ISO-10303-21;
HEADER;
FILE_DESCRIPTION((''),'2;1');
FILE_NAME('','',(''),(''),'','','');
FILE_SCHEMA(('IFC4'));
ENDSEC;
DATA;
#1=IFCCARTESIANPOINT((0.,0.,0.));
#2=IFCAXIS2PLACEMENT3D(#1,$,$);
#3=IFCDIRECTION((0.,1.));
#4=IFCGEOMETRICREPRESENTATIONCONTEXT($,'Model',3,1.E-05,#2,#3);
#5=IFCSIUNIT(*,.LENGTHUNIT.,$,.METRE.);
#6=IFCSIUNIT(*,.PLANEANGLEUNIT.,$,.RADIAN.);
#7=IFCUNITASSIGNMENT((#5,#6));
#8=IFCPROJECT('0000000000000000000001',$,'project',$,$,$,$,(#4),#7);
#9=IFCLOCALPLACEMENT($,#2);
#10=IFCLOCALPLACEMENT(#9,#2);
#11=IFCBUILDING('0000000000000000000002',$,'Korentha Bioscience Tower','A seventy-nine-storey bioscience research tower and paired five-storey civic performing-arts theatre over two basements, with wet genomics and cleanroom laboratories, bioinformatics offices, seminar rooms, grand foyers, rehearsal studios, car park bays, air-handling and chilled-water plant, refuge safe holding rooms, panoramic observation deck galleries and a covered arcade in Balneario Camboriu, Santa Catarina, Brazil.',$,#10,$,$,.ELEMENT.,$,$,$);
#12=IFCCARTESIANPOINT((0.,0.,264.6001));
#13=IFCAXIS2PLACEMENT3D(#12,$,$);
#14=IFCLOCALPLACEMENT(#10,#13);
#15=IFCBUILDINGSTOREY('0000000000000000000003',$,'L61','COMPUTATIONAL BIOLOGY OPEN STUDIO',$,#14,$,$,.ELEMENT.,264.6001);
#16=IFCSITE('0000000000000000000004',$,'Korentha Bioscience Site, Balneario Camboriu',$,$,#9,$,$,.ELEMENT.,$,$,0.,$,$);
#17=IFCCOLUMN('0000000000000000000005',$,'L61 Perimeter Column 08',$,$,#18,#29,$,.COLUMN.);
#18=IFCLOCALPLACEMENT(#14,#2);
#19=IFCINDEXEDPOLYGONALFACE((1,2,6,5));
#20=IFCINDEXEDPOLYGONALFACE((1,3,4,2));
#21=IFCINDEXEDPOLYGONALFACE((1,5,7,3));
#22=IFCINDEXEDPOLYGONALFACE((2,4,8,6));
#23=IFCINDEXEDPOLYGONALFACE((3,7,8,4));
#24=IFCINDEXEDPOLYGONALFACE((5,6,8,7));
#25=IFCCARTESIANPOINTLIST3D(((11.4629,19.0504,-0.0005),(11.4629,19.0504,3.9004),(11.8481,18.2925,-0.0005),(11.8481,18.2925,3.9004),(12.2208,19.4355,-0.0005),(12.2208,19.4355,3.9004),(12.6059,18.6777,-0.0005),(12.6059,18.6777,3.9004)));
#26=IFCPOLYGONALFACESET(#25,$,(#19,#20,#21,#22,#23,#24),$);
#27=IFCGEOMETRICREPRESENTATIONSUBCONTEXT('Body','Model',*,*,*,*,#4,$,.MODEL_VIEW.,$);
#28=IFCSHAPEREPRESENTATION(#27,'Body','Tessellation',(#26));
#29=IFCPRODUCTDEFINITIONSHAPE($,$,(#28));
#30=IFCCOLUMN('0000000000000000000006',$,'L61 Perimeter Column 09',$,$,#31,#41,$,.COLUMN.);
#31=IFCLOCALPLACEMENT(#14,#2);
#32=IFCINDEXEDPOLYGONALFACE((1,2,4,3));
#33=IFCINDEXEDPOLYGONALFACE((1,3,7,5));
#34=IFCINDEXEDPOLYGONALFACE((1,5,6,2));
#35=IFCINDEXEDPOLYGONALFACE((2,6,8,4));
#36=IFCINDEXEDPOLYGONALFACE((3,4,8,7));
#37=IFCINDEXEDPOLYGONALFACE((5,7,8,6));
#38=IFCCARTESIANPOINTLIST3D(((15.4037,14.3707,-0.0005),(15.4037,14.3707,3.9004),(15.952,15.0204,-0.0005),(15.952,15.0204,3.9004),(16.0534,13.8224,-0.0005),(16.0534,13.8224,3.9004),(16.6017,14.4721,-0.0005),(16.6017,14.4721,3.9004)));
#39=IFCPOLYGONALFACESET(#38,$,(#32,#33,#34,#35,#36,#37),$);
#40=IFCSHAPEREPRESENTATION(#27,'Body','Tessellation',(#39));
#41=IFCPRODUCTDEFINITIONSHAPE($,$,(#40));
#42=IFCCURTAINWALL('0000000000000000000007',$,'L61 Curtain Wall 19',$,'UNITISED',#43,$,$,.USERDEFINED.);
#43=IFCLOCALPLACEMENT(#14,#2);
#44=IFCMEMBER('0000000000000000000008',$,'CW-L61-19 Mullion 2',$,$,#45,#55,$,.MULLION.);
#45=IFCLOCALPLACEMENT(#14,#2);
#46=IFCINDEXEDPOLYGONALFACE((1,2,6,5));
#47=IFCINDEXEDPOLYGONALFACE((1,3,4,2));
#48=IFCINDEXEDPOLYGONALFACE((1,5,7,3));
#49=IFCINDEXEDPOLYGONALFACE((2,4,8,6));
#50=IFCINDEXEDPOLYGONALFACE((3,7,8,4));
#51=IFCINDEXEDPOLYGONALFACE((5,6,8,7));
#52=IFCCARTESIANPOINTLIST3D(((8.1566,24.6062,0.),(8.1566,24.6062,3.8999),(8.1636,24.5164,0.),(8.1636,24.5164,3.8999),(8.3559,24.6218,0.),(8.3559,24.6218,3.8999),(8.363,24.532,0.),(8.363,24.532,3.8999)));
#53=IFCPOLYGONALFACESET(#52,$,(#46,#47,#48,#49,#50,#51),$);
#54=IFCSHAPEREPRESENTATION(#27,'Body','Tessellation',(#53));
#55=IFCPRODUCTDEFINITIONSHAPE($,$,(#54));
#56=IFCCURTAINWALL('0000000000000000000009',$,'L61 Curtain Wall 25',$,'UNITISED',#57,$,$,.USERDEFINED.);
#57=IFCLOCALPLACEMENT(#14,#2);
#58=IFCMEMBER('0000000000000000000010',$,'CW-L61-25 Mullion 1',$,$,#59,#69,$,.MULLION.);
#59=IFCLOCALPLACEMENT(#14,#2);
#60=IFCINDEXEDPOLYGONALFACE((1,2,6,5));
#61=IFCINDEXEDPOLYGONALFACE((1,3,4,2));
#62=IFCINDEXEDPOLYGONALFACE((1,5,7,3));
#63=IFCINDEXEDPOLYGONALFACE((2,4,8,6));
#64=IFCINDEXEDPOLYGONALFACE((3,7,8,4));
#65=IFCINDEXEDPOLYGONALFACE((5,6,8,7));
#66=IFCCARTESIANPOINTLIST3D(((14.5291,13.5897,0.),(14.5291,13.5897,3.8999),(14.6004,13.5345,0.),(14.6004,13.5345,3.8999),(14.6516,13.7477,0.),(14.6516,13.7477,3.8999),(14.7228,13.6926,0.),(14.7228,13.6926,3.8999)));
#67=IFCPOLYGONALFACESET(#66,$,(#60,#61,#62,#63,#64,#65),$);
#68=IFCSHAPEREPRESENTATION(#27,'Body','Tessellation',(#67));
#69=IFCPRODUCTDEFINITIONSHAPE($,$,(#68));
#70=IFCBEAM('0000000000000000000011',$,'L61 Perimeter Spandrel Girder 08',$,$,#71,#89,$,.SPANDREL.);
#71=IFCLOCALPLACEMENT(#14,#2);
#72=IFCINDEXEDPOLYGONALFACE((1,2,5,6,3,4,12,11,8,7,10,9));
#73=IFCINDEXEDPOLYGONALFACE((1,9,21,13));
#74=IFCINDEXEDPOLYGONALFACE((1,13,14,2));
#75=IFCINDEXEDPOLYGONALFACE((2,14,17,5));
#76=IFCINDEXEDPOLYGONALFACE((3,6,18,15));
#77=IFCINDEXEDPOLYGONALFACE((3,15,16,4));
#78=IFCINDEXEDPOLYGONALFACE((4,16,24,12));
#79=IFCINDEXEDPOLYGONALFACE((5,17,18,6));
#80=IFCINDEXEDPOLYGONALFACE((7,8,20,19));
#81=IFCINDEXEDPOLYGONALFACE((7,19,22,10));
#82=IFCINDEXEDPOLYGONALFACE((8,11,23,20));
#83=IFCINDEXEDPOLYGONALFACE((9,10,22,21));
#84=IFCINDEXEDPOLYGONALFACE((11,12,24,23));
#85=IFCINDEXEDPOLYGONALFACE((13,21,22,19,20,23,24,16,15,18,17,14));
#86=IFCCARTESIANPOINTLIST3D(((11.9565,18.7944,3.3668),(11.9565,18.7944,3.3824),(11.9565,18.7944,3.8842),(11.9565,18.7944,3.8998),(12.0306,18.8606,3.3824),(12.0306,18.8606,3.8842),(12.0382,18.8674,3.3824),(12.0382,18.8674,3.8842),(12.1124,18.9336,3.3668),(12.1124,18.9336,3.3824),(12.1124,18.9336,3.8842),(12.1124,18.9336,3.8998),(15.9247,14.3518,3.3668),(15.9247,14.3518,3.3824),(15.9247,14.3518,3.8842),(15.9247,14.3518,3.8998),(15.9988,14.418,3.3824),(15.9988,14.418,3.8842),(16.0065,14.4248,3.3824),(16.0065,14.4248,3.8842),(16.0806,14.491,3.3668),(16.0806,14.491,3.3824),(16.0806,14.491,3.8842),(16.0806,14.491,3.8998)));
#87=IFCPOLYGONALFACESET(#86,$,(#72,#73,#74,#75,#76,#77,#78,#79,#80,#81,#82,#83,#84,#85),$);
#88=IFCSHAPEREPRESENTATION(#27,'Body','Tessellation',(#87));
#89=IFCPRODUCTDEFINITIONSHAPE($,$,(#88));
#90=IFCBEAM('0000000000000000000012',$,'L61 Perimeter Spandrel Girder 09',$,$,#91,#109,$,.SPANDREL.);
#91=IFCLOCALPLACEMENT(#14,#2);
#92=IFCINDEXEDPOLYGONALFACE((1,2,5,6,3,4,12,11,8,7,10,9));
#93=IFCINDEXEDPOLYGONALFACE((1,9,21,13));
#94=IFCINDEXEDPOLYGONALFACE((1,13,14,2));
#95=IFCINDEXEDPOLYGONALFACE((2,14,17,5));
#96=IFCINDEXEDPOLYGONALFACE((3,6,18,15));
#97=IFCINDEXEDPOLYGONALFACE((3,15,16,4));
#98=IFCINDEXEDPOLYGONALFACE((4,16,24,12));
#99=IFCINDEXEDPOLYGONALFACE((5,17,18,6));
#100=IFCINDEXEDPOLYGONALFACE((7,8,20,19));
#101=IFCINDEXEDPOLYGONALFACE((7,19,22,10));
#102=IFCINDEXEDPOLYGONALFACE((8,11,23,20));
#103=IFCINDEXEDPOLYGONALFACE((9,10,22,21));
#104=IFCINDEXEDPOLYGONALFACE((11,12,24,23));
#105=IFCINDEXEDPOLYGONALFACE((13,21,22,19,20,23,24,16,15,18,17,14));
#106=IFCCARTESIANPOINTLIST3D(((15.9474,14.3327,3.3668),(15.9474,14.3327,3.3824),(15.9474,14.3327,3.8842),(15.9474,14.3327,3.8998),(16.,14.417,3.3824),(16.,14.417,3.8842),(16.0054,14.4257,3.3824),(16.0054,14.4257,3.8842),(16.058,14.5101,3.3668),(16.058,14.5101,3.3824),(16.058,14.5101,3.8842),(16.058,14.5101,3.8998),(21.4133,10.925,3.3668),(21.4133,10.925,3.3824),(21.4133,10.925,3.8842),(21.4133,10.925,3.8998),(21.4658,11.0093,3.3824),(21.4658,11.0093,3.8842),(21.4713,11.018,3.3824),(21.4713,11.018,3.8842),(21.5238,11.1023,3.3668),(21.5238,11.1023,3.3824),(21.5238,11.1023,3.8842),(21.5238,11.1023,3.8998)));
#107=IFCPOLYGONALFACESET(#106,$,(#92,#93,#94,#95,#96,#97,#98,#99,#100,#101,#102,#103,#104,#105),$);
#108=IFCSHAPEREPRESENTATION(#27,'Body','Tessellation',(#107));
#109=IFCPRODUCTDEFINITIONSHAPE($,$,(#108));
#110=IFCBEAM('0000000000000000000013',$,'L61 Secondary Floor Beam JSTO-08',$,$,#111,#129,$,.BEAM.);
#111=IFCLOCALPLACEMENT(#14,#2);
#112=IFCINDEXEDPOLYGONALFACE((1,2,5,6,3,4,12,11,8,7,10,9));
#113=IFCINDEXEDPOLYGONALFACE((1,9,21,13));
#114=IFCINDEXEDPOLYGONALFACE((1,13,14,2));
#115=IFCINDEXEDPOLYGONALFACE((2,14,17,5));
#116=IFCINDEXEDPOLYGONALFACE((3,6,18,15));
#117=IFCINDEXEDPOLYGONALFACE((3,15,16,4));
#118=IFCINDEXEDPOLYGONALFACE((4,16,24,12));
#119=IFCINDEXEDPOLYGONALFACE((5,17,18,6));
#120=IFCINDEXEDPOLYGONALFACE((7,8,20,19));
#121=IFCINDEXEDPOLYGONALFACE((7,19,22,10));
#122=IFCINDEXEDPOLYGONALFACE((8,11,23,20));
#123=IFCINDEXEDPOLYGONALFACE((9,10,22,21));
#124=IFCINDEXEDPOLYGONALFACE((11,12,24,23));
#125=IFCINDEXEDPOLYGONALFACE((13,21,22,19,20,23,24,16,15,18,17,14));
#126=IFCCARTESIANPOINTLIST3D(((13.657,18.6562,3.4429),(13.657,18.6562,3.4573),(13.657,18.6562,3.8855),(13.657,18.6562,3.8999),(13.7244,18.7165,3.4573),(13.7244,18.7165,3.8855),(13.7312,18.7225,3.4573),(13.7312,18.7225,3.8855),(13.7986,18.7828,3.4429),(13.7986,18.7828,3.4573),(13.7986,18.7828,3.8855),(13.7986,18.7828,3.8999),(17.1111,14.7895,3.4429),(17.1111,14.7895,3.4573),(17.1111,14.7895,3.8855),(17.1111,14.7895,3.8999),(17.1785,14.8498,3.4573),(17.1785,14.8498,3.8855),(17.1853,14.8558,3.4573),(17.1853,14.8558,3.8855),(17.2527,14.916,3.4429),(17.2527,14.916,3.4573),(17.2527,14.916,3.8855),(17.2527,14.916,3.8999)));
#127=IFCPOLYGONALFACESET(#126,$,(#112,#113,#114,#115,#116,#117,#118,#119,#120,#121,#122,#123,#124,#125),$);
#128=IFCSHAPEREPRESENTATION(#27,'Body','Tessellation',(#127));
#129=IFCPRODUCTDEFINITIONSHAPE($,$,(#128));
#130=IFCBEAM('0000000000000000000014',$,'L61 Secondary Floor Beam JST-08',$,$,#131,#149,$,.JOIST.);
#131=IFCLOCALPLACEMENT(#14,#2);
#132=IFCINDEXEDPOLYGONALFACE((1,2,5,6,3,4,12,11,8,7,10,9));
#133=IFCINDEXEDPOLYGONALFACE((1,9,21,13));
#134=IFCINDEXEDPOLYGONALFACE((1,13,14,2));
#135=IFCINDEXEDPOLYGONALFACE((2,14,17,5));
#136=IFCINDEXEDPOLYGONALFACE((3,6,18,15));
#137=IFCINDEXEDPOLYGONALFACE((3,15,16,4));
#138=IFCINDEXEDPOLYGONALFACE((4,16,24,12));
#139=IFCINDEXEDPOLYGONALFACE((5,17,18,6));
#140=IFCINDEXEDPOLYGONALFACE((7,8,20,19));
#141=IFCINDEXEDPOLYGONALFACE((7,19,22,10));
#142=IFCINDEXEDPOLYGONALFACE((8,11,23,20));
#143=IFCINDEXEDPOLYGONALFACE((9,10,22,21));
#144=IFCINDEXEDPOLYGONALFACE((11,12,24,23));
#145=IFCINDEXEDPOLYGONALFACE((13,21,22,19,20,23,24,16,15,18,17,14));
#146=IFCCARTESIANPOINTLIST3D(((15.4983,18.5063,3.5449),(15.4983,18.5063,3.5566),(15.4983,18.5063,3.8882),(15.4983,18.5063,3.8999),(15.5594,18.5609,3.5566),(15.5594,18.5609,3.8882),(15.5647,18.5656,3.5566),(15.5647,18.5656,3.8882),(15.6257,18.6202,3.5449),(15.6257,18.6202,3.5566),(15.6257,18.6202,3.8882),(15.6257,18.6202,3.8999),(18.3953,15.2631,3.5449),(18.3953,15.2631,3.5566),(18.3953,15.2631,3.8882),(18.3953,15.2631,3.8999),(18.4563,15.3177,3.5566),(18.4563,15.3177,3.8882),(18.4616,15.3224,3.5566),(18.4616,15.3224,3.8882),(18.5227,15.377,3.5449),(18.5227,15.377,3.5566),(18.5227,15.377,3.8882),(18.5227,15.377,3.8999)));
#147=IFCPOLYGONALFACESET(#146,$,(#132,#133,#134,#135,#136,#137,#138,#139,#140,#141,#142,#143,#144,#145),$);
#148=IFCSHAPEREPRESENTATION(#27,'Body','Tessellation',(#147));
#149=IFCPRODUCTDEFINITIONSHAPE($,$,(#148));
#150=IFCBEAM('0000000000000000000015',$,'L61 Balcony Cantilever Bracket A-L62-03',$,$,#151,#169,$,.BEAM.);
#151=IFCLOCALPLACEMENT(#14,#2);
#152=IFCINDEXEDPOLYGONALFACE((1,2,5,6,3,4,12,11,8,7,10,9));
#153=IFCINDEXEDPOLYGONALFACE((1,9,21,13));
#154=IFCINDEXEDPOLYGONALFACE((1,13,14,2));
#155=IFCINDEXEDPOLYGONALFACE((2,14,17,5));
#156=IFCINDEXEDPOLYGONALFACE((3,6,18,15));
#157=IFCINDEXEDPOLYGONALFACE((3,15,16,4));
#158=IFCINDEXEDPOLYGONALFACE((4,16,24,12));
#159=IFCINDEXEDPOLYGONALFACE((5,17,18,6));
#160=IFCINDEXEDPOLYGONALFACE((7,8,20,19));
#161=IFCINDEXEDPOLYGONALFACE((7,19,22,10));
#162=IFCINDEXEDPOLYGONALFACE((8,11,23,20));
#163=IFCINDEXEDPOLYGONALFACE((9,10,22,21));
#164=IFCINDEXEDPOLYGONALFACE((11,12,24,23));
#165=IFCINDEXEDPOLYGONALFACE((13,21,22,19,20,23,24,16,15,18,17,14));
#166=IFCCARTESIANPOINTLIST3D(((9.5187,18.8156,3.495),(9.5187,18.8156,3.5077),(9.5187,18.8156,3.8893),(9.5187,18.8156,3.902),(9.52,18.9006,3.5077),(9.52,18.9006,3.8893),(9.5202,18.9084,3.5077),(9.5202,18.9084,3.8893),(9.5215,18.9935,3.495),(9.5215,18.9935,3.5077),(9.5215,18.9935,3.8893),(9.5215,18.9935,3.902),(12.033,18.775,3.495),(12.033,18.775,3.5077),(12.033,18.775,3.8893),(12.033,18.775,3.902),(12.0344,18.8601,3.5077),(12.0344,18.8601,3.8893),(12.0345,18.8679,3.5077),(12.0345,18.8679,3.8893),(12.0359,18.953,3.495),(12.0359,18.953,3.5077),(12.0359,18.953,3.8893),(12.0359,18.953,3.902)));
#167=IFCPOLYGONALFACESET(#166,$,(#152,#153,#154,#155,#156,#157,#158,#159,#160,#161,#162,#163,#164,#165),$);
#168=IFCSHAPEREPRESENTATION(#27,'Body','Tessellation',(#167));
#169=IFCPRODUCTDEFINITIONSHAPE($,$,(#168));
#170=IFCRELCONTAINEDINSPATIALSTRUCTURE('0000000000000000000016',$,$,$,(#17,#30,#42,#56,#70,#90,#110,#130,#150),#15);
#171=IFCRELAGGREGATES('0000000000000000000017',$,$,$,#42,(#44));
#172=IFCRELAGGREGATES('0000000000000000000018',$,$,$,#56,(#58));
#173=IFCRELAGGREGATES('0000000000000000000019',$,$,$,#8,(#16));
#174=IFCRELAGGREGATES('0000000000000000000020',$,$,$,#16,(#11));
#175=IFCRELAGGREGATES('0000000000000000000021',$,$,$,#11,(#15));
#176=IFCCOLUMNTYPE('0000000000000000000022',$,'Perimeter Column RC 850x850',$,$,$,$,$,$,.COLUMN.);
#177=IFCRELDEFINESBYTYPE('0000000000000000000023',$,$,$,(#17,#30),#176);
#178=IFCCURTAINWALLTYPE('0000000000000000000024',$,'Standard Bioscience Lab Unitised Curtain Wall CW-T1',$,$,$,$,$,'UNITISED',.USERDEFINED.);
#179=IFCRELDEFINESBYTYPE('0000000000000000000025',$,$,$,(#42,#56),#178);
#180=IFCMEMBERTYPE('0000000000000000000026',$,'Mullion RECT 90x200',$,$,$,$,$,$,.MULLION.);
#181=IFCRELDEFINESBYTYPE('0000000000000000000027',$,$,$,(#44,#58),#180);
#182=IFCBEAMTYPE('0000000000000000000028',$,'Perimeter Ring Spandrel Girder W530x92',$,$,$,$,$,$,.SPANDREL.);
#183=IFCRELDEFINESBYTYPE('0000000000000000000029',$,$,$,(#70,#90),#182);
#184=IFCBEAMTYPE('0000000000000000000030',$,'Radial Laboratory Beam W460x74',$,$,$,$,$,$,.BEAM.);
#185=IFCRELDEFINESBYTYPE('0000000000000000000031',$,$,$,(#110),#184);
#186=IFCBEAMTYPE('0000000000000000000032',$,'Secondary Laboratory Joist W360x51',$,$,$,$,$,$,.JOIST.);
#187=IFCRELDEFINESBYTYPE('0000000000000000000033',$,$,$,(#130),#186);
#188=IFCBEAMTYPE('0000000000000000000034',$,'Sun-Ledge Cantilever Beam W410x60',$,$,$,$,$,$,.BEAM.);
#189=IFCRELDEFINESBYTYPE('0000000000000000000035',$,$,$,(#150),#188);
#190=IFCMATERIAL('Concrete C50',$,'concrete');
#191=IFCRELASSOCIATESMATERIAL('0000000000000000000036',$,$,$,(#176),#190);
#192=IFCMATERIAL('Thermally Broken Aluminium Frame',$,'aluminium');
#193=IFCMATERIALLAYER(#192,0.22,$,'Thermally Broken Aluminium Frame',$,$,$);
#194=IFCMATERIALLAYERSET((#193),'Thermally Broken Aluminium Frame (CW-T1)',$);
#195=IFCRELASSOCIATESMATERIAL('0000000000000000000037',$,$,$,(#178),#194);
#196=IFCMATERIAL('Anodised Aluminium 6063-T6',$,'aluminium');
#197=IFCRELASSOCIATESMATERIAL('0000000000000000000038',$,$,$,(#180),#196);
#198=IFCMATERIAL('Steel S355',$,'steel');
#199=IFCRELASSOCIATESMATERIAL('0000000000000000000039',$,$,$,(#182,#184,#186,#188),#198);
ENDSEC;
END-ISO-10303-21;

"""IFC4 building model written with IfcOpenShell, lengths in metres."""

from ifc_helpers import new_model, si_unit, direction, frame, origin, origin_2d, place, context, subcontext, project, spatial, rectangle, i_section, extrude, material, layer, layer_set, material_profile, profile_set, type_object, element, aggregate, save


model = new_model("IFC4")

# Units and contexts
model_context = context("Model", 3, precision=1e-05, world=origin(), true_north=direction((0.0, 1.0)))
body_context = subcontext(model_context, "Body", "Model", "MODEL_VIEW")
ifc_project = project(units=[si_unit("LENGTHUNIT", "METRE"), si_unit("PLANEANGLEUNIT", "RADIAN")], contexts=[model_context])

# Site, building, storey
site_placement = place(None, origin())
site = spatial("IfcSite", under=ifc_project, at=site_placement, Name="Korentha Bioscience Site, Balneario Camboriu", CompositionType="ELEMENT", RefElevation=0.0)
building_placement = place(site_placement, origin())
building = spatial("IfcBuilding", under=site, at=building_placement, Name="Korentha Bioscience Tower", Description="A seventy-nine-storey bioscience research tower and paired five-storey civic performing-arts theatre over two basements, with wet genomics and cleanroom laboratories, bioinformatics offices, seminar rooms, grand foyers, rehearsal studios, car park bays, air-handling and chilled-water plant, refuge safe holding rooms, panoramic observation deck galleries and a covered arcade in Balneario Camboriu, Santa Catarina, Brazil.", CompositionType="ELEMENT")
storey_placement = place(building_placement, frame((0.0, 0.0, 264.6001)))
storey = spatial("IfcBuildingStorey", under=building, at=storey_placement, Name="L61", Description="COMPUTATIONAL BIOLOGY OPEN STUDIO", CompositionType="ELEMENT", Elevation=264.6001)

# Columns
ifc_material_1 = material(Name="Concrete C50", Category="concrete")
ifc_material_profile_1 = material_profile(ifc_material_1, rectangle(XDim=0.8501, YDim=0.8501, at=origin_2d()), Name="Concrete C50")
ifc_profile_set_1 = profile_set([ifc_material_profile_1], Name="Concrete C50 (COL-P08)")
column_type = type_object("IfcColumnType", Name="Perimeter Column RC 850x850", PredefinedType="COLUMN", material=ifc_profile_set_1)
for number, where, z_axis, x_axis, name in (
    (1, (12.0344, 18.864, -0.0005), (0.0, 0.0, 1.0), (-0.453057, 0.891481, 0.0), "L61 Perimeter Column 08"),
    (2, (16.0027, 14.4214, -0.0005), (0.0, 0.0, 1.0), (-0.764246, 0.644924, 0.0), "L61 Perimeter Column 09"),
):
    element("IfcColumn", number, at=place(storey_placement, frame(where, z_axis=z_axis, x_axis=x_axis)), inside=storey, type_object=column_type, Name=name, PredefinedType="COLUMN", context=body_context, shape_type="SweptSolid", body=[
        extrude(rectangle(XDim=0.8501, YDim=0.8501, at=origin_2d()), origin(), (0.0, 0.0, 1.0), 3.9009),
    ])

# Curtain walls, members
ifc_material_2 = material(Name="Thermally Broken Aluminium Frame", Category="aluminium")
ifc_layer_1 = layer(ifc_material_2, 0.22, Name="Thermally Broken Aluminium Frame")
ifc_layer_set_1 = layer_set([ifc_layer_1], Name="Thermally Broken Aluminium Frame (CW-T1)")
curtain_wall_type = type_object("IfcCurtainWallType", Name="Standard Bioscience Lab Unitised Curtain Wall CW-T1", ElementType="UNITISED", PredefinedType="USERDEFINED", material=ifc_layer_set_1)
curtain_wall_1_placement = place(storey_placement, origin())
curtain_wall_1 = element("IfcCurtainWall", 3, at=curtain_wall_1_placement, inside=storey, type_object=curtain_wall_type, Name="L61 Curtain Wall 19", ObjectType="UNITISED", PredefinedType="USERDEFINED")
ifc_material_3 = material(Name="Anodised Aluminium 6063-T6", Category="aluminium")
ifc_material_profile_2 = material_profile(ifc_material_3, rectangle(XDim=0.0901, YDim=0.2, at=origin_2d()), Name="Anodised Aluminium 6063-T6")
ifc_profile_set_2 = profile_set([ifc_material_profile_2], Name="Anodised Aluminium 6063-T6 (CW-MUL)")
member_type_1 = type_object("IfcMemberType", Name="Mullion RECT 90x200", PredefinedType="MULLION", material=ifc_profile_set_2)
member_1_placement = place(storey_placement, frame((8.2598, 24.5691, 0.0), z_axis=(0.0, 0.0, 1.0), x_axis=(0.078035, -0.996951, 0.0)))
member_1 = element("IfcMember", 4, at=member_1_placement, type_object=member_type_1, Name="CW-L61-19 Mullion 2", PredefinedType="MULLION", context=body_context, shape_type="SweptSolid", body=[
    extrude(rectangle(XDim=0.0901, YDim=0.2, at=origin_2d()), origin(), (0.0, 0.0, 1.0), 3.8999),
])
aggregate(curtain_wall_1, [member_1])
curtain_wall_2_placement = place(storey_placement, origin())
curtain_wall_2 = element("IfcCurtainWall", 5, at=curtain_wall_2_placement, inside=storey, type_object=curtain_wall_type, Name="L61 Curtain Wall 25", ObjectType="UNITISED", PredefinedType="USERDEFINED")
member_2_placement = place(storey_placement, frame((14.626, 13.6411, 0.0), z_axis=(0.0, 0.0, 1.0), x_axis=(0.790488, -0.612478, 0.0)))
member_2 = element("IfcMember", 6, at=member_2_placement, type_object=member_type_1, Name="CW-L61-25 Mullion 1", PredefinedType="MULLION", context=body_context, shape_type="SweptSolid", body=[
    extrude(rectangle(XDim=0.0901, YDim=0.2, at=origin_2d()), origin(), (0.0, 0.0, 1.0), 3.8999),
])

# Beams
ifc_material_4 = material(Name="Steel S355", Category="steel")
ifc_material_profile_3 = material_profile(ifc_material_4, i_section(OverallWidth=0.209, OverallDepth=0.533, WebThickness=0.0103, FlangeThickness=0.0156, at=origin_2d()), Name="Steel S355")
ifc_profile_set_3 = profile_set([ifc_material_profile_3], Name="Steel S355 (SB-530)")
beam_type_1 = type_object("IfcBeamType", Name="Perimeter Ring Spandrel Girder W530x92", PredefinedType="SPANDREL", material=ifc_profile_set_3)
beam_1_placement = place(storey_placement, frame((12.0344, 18.864, 3.6333), z_axis=(0.666168, -0.745802, 0.0), x_axis=(0.745802, 0.666168, 0.0)))
element("IfcBeam", 7, at=beam_1_placement, inside=storey, type_object=beam_type_1, Name="L61 Perimeter Spandrel Girder 08", PredefinedType="SPANDREL", context=body_context, shape_type="SweptSolid", body=[
    extrude(i_section(OverallWidth=0.209, OverallDepth=0.533, WebThickness=0.0103, FlangeThickness=0.0156, at=origin_2d()), origin(), (0.0, 0.0, 1.0), 5.9568),
])
beam_2_placement = place(storey_placement, frame((16.0027, 14.4214, 3.6333), z_axis=(0.848586, -0.529058, 0.0), x_axis=(0.529058, 0.848586, 0.0)))
element("IfcBeam", 8, at=beam_2_placement, inside=storey, type_object=beam_type_1, Name="L61 Perimeter Spandrel Girder 09", PredefinedType="SPANDREL", context=body_context, shape_type="SweptSolid", body=[
    extrude(i_section(OverallWidth=0.209, OverallDepth=0.533, WebThickness=0.0103, FlangeThickness=0.0156, at=origin_2d()), origin(), (0.0, 0.0, 1.0), 6.4412),
])
ifc_material_profile_4 = material_profile(ifc_material_4, i_section(OverallWidth=0.1899, OverallDepth=0.457, WebThickness=0.009, FlangeThickness=0.0144, at=origin_2d()), Name="Steel S355")
ifc_profile_set_4 = profile_set([ifc_material_profile_4], Name="Steel S355 (RB-460)")
beam_type_2 = type_object("IfcBeamType", Name="Radial Laboratory Beam W460x74", PredefinedType="BEAM", material=ifc_profile_set_4)
beam_3_placement = place(storey_placement, frame((13.7278, 18.7195, 3.6714), z_axis=(0.666197, -0.745776, 0.0), x_axis=(0.745776, 0.666197, 0.0)))
element("IfcBeam", 9, at=beam_3_placement, inside=storey, type_object=beam_type_2, Name="L61 Secondary Floor Beam JSTO-08", PredefinedType="BEAM", context=body_context, shape_type="SweptSolid", body=[
    extrude(i_section(OverallWidth=0.1899, OverallDepth=0.457, WebThickness=0.009, FlangeThickness=0.0144, at=origin_2d()), origin(), (0.0, 0.0, 1.0), 5.1848),
])
ifc_material_profile_5 = material_profile(ifc_material_4, i_section(OverallWidth=0.1709, OverallDepth=0.355, WebThickness=0.0071, FlangeThickness=0.0117, at=origin_2d()), Name="Steel S355")
ifc_profile_set_5 = profile_set([ifc_material_profile_5], Name="Steel S355 (JB-360)")
beam_type_3 = type_object("IfcBeamType", Name="Secondary Laboratory Joist W360x51", PredefinedType="JOIST", material=ifc_profile_set_5)
beam_4_placement = place(storey_placement, frame((15.562, 18.5632, 3.7224), z_axis=(0.666181, -0.74579, 0.0), x_axis=(0.74579, 0.666181, 0.0)))
element("IfcBeam", 10, at=beam_4_placement, inside=storey, type_object=beam_type_3, Name="L61 Secondary Floor Beam JST-08", PredefinedType="JOIST", context=body_context, shape_type="SweptSolid", body=[
    extrude(i_section(OverallWidth=0.1709, OverallDepth=0.355, WebThickness=0.0071, FlangeThickness=0.0117, at=origin_2d()), origin(), (0.0, 0.0, 1.0), 4.3486),
])
ifc_material_profile_6 = material_profile(ifc_material_4, i_section(OverallWidth=0.178, OverallDepth=0.407, WebThickness=0.0078, FlangeThickness=0.0127, at=origin_2d()), Name="Steel S355")
ifc_profile_set_6 = profile_set([ifc_material_profile_6], Name="Steel S355 (CB-410)")
beam_type_4 = type_object("IfcBeamType", Name="Sun-Ledge Cantilever Beam W410x60", PredefinedType="BEAM", material=ifc_profile_set_6)
beam_5_placement = place(storey_placement, frame((12.0344, 18.864, 3.6985), z_axis=(-0.99987, 0.016116, 0.0), x_axis=(-0.016116, -0.99987, 0.0)))
element("IfcBeam", 11, at=beam_5_placement, inside=storey, type_object=beam_type_4, Name="L61 Balcony Cantilever Bracket A-L62-03", PredefinedType="BEAM", context=body_context, shape_type="SweptSolid", body=[
    extrude(i_section(OverallWidth=0.178, OverallDepth=0.407, WebThickness=0.0078, FlangeThickness=0.0127, at=origin_2d()), origin(), (0.0, 0.0, 1.0), 2.5146),
])

aggregate(curtain_wall_2, [member_2])

save(model, "model.ifc")
